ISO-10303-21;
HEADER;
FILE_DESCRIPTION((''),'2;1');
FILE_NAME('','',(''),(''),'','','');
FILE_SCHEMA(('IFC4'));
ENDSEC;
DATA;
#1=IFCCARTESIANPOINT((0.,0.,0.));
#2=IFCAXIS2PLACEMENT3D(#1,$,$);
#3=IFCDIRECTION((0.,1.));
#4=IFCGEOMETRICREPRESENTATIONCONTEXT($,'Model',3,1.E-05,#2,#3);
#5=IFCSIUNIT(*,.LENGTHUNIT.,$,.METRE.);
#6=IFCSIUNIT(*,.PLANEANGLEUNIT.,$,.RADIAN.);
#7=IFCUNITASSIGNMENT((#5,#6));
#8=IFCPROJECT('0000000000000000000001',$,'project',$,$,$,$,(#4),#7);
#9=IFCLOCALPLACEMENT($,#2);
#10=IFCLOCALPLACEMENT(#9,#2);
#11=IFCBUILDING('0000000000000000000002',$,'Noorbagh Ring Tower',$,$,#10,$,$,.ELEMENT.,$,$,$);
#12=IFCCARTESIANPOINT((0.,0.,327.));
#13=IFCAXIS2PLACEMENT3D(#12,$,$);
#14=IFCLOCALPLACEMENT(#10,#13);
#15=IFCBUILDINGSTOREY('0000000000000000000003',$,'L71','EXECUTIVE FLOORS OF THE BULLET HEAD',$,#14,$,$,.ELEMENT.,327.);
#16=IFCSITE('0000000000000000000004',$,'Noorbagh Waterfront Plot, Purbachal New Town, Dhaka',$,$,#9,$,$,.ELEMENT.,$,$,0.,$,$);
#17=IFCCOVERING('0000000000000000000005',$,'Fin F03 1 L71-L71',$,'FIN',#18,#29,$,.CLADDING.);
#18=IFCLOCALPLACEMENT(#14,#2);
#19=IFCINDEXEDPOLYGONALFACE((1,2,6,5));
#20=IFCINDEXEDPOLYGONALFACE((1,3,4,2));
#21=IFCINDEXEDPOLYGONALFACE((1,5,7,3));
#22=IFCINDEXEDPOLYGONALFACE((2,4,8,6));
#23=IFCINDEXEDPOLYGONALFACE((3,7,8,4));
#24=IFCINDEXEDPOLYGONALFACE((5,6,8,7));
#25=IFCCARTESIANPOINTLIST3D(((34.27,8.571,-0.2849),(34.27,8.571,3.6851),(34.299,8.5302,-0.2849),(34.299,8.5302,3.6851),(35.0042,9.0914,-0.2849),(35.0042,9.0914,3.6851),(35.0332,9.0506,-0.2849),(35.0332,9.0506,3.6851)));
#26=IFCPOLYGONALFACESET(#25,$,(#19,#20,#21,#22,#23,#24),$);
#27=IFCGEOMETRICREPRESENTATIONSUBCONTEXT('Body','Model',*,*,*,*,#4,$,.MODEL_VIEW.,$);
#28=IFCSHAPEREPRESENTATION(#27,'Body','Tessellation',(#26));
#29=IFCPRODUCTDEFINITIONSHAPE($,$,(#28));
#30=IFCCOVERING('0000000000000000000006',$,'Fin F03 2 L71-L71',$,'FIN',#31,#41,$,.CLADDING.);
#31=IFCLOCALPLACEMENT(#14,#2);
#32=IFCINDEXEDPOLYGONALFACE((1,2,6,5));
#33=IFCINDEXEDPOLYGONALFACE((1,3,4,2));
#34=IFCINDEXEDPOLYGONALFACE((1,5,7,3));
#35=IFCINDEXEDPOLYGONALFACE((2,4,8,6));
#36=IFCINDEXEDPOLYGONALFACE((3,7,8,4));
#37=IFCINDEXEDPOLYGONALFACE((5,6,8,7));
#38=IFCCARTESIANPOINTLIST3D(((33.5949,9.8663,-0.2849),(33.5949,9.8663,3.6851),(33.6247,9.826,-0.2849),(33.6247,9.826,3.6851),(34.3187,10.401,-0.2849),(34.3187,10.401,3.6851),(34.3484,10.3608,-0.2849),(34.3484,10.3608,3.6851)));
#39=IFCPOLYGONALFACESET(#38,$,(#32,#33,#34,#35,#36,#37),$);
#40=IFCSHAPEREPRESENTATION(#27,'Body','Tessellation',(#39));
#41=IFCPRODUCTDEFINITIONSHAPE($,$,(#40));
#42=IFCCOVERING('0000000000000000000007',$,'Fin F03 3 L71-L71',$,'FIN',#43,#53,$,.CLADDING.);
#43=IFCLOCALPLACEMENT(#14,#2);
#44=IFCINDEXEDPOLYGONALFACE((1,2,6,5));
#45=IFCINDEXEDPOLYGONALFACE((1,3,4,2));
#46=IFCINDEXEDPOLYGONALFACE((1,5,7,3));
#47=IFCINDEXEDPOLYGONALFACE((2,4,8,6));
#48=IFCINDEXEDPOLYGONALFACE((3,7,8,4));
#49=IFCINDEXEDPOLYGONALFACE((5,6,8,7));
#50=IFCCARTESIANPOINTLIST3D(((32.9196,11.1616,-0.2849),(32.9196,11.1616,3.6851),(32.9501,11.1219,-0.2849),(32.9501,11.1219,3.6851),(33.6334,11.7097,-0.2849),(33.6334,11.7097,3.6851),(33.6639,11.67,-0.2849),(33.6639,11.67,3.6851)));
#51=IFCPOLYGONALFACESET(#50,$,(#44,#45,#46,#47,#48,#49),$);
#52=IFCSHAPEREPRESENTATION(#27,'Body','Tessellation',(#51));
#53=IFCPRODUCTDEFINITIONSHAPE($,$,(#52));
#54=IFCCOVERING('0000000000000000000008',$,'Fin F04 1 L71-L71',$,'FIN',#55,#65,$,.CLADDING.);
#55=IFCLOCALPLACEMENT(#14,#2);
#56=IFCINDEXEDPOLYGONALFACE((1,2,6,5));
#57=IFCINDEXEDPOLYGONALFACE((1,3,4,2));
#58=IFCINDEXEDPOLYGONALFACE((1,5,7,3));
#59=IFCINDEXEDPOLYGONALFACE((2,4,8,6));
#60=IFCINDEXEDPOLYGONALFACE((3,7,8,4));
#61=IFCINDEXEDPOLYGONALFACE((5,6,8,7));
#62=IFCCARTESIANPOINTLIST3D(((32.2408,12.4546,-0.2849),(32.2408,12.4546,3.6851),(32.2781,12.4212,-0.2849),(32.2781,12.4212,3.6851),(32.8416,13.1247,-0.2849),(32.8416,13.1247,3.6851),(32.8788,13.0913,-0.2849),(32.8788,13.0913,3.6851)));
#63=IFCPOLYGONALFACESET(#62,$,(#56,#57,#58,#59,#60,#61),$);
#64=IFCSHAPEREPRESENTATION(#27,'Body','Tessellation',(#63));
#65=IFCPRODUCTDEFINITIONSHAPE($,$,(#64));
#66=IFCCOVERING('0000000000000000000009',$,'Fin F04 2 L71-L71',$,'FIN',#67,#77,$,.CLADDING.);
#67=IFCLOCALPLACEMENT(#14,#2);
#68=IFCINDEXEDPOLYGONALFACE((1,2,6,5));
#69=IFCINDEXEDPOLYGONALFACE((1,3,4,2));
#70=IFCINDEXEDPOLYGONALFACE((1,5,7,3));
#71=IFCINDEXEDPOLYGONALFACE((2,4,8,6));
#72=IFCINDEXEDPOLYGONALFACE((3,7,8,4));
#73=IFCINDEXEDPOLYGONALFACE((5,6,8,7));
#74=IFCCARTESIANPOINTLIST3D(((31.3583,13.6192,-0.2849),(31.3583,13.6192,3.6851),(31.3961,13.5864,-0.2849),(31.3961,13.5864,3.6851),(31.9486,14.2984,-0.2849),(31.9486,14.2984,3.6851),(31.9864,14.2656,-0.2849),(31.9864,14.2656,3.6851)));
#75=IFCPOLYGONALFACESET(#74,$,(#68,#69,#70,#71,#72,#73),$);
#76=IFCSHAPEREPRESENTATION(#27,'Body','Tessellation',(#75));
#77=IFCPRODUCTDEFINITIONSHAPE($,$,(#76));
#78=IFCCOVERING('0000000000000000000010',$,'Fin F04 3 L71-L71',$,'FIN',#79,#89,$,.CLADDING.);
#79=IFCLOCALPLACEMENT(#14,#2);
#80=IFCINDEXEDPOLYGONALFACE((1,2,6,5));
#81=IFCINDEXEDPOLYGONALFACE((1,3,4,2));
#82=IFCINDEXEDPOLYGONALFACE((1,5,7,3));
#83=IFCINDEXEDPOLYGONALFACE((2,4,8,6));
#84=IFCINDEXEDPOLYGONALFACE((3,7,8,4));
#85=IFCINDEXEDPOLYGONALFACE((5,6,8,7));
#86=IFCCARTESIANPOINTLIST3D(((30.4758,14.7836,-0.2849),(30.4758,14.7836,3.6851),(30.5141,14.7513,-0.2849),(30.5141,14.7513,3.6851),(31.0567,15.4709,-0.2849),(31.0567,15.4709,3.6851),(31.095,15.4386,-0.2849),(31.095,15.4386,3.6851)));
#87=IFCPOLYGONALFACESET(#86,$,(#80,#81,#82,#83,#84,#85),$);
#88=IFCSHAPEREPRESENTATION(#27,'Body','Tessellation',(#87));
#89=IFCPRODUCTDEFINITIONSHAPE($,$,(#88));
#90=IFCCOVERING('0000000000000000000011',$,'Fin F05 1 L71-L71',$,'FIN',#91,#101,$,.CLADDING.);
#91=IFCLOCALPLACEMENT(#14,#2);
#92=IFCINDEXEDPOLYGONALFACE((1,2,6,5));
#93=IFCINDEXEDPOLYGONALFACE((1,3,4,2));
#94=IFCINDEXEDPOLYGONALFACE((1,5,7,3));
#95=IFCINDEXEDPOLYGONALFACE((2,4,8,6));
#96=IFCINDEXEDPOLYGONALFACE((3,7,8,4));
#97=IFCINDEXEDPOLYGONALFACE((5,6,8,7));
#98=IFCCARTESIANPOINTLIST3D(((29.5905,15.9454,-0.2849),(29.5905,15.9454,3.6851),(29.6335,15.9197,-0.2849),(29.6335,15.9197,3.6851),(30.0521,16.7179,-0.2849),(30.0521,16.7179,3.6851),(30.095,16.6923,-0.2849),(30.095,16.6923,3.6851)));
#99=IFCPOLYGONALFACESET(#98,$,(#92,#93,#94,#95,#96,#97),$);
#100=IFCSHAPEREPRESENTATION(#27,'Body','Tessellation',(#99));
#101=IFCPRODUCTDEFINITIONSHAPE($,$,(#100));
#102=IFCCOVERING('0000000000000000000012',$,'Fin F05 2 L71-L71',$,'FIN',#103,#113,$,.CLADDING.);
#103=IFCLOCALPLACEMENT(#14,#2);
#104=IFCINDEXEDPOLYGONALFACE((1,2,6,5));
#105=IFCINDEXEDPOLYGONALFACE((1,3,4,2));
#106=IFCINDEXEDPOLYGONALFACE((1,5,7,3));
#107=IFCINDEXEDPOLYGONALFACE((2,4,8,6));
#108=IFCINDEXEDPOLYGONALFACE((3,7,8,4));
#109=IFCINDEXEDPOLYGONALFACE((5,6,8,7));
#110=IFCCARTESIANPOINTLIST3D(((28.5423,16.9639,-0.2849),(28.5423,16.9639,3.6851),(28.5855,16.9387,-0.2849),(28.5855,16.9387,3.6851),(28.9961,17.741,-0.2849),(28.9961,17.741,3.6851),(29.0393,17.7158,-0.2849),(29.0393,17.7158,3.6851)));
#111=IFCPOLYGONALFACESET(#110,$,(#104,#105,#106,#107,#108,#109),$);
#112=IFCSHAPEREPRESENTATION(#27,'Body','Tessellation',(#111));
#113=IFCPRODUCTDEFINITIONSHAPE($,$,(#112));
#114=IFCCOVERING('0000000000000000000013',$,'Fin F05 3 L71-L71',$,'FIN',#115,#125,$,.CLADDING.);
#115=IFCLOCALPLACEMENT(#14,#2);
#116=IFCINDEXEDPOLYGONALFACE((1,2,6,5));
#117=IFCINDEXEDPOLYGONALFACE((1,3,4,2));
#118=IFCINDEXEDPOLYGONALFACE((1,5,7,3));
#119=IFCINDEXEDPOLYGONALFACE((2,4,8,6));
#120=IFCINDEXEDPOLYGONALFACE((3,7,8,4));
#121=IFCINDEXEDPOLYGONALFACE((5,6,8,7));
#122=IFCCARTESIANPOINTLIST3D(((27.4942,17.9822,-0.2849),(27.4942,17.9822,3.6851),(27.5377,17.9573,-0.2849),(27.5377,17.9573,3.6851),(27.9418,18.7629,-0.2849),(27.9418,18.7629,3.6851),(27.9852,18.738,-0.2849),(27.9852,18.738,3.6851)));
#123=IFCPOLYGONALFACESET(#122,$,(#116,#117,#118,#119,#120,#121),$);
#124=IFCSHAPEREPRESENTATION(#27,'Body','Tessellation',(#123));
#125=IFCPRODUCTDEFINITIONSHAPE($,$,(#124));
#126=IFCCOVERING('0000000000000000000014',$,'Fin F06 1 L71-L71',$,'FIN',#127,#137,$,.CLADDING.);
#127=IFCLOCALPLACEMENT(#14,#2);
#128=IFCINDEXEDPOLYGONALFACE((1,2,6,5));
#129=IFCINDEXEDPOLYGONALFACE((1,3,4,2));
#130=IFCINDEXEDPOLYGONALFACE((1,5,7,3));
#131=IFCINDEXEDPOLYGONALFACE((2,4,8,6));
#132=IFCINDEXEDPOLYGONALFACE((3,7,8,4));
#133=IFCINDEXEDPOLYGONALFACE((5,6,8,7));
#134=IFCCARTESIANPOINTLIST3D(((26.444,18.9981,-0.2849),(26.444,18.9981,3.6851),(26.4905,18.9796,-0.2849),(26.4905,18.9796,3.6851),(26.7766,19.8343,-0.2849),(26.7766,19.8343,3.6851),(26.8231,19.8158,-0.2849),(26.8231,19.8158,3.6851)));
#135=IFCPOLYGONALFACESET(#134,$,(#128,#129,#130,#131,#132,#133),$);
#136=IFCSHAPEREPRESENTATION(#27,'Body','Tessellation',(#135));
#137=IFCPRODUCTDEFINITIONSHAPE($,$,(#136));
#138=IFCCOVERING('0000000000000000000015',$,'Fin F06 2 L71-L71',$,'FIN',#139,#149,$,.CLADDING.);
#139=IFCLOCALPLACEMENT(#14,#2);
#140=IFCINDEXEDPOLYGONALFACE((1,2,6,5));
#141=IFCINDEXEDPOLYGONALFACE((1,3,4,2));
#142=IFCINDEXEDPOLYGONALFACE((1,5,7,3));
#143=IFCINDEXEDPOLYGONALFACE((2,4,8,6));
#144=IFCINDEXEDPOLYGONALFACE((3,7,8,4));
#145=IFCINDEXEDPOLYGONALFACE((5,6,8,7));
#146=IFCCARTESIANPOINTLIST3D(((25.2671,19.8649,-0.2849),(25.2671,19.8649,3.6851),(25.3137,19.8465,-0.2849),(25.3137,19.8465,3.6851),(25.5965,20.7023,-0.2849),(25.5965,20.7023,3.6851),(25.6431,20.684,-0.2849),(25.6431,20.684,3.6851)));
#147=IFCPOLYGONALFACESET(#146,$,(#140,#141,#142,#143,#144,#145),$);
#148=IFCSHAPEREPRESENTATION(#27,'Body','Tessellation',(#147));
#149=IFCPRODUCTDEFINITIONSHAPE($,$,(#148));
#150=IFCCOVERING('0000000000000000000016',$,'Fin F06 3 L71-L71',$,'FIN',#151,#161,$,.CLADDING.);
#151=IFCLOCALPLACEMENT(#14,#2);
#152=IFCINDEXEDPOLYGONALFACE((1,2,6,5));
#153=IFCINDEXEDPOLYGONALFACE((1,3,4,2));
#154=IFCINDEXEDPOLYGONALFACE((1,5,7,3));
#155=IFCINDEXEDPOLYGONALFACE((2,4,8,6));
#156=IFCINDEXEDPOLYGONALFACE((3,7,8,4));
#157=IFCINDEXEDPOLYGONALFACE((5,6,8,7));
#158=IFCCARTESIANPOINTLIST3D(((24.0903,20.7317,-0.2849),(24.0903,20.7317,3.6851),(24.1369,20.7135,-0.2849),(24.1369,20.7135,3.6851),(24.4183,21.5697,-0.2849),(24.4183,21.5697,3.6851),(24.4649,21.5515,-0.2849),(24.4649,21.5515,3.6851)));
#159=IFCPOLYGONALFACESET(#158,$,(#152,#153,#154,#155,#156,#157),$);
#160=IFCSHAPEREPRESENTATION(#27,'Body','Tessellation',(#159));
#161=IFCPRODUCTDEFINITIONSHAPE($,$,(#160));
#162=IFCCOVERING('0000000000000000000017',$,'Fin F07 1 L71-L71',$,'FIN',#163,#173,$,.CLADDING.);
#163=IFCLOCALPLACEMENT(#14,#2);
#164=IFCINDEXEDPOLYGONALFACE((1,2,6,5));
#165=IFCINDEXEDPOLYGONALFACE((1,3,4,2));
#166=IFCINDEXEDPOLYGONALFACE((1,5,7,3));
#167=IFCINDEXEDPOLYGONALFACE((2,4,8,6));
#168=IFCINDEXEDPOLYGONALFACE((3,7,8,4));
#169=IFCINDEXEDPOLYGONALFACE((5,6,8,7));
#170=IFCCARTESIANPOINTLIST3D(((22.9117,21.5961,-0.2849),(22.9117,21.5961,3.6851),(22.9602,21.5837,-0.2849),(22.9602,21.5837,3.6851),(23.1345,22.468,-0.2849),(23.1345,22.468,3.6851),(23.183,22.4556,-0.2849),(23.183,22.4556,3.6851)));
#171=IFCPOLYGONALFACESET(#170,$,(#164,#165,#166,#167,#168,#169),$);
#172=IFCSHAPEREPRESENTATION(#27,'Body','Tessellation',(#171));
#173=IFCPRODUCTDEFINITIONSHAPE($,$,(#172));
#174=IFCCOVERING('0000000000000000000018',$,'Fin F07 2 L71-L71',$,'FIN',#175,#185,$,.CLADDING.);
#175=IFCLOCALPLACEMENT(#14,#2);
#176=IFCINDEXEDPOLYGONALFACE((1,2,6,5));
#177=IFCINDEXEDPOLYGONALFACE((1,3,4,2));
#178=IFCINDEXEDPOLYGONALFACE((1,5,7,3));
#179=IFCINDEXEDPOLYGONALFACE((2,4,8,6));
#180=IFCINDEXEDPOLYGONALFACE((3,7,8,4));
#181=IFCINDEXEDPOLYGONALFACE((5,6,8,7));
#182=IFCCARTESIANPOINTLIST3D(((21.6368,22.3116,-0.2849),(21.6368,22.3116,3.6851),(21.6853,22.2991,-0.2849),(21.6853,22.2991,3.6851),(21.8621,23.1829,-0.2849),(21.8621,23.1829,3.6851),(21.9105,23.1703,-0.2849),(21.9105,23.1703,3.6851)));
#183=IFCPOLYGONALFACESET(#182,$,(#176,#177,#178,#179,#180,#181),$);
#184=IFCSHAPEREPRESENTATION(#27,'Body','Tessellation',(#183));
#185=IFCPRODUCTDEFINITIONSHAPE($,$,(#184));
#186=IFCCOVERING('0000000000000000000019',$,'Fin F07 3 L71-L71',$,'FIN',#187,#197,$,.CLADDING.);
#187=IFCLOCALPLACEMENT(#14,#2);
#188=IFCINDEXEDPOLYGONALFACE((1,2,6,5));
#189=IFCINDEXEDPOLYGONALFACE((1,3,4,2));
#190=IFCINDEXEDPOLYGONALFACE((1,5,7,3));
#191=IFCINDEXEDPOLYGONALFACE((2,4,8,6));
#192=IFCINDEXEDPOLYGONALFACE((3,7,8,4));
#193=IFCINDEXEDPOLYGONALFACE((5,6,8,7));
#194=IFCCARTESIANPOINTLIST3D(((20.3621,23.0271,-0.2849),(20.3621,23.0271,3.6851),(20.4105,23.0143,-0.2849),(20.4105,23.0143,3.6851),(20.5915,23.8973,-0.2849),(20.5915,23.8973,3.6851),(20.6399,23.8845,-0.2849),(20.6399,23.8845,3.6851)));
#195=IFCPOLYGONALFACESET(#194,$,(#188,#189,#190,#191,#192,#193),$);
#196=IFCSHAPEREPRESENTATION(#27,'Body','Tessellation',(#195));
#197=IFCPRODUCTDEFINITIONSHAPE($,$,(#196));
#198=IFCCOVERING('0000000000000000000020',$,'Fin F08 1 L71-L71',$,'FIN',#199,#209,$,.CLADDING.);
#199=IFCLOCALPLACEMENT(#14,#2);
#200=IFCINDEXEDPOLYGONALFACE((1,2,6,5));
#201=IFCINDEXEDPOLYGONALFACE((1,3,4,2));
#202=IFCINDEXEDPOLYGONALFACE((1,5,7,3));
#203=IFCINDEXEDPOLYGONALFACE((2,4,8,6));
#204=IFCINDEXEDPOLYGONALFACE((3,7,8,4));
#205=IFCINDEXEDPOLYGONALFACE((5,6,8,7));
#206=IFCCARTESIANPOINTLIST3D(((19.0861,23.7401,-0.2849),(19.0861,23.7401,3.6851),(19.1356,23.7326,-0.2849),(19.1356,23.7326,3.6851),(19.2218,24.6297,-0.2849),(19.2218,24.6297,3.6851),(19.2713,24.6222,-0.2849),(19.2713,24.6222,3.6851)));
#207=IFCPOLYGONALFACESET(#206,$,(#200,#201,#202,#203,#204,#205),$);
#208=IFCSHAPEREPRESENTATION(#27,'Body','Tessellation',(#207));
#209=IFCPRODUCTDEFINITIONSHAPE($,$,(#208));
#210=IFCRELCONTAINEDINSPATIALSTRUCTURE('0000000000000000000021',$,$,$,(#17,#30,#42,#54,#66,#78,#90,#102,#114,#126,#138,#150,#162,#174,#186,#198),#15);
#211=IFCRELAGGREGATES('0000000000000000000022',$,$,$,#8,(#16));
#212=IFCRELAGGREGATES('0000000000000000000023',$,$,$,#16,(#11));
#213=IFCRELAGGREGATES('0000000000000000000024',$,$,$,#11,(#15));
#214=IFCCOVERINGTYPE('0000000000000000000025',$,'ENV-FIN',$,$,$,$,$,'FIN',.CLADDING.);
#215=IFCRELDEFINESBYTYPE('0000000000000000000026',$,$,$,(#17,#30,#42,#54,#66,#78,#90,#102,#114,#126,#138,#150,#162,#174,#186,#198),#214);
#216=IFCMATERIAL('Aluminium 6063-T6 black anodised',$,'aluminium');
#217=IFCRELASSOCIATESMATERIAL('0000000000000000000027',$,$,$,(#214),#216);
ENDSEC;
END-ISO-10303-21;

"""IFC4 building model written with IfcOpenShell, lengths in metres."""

from ifc_helpers import new_model, si_unit, direction, frame, origin, origin_2d, place, context, subcontext, project, spatial, rectangle, extrude, material, material_profile, profile_set, type_object, element, save


model = new_model("IFC4")

# Units and contexts
model_context = context("Model", 3, precision=1e-05, world=origin(), true_north=direction((0.0, 1.0)))
body_context = subcontext(model_context, "Body", "Model", "MODEL_VIEW")
ifc_project = project(units=[si_unit("LENGTHUNIT", "METRE"), si_unit("PLANEANGLEUNIT", "RADIAN")], contexts=[model_context])

# Site, building, storey
site_placement = place(None, origin())
site = spatial("IfcSite", under=ifc_project, at=site_placement, Name="Noorbagh Waterfront Plot, Purbachal New Town, Dhaka", CompositionType="ELEMENT", RefElevation=0.0)
building_placement = place(site_placement, origin())
building = spatial("IfcBuilding", under=site, at=building_placement, Name="Noorbagh Ring Tower", CompositionType="ELEMENT")
storey_placement = place(building_placement, frame((0.0, 0.0, 327.0)))
storey = spatial("IfcBuildingStorey", under=building, at=storey_placement, Name="L71", Description="EXECUTIVE FLOORS OF THE BULLET HEAD", CompositionType="ELEMENT", Elevation=327.0)

# Coverings
ifc_material_1 = material(Name="Aluminium 6063-T6 black anodised", Category="aluminium")
ifc_material_profile_1 = material_profile(ifc_material_1, rectangle(XDim=0.8999, YDim=0.05, at=origin_2d()), Name="900x50")
ifc_profile_set_1 = profile_set([ifc_material_profile_1], Name="Aluminium 6063-T6 black anodised")
covering_type = type_object("IfcCoveringType", Name="ENV-FIN", ElementType="FIN", PredefinedType="CLADDING", material=ifc_profile_set_1)
for number, where, z_axis, x_axis, name in (
    (1, (34.6516, 8.8108, -0.2849), (0.0, 0.0, 1.0), (0.815855, 0.578256, 0.0), "Fin F03 1 L71-L71"),
    (2, (33.9717, 10.1135, -0.2849), (0.0, 0.0, 1.0), (0.80426, 0.594277, 0.0), "Fin F03 2 L71-L71"),
    (3, (33.2917, 11.4158, -0.2849), (0.0, 0.0, 1.0), (0.793138, 0.609043, 0.0), "Fin F03 3 L71-L71"),
    (4, (32.5598, 12.7729, -0.2849), (0.0, 0.0, 1.0), (0.667561, 0.744555, 0.0), "Fin F04 1 L71-L71"),
    (5, (31.6724, 13.9424, -0.2849), (0.0, 0.0, 1.0), (0.655973, 0.754784, 0.0), "Fin F04 2 L71-L71"),
    (6, (30.7854, 15.1111, -0.2849), (0.0, 0.0, 1.0), (0.645539, 0.763728, 0.0), "Fin F04 3 L71-L71"),
    (7, (29.8428, 16.3188, -0.2849), (0.0, 0.0, 1.0), (0.512881, 0.85846, 0.0), "Fin F05 1 L71-L71"),
    (8, (28.7908, 17.3398, -0.2849), (0.0, 0.0, 1.0), (0.50428, 0.86354, 0.0), "Fin F05 2 L71-L71"),
    (9, (27.7397, 18.3601, -0.2849), (0.0, 0.0, 1.0), (0.497372, 0.867537, 0.0), "Fin F05 3 L71-L71"),
    (10, (26.6335, 19.407, -0.2849), (0.0, 0.0, 1.0), (0.369564, 0.929205, 0.0), "Fin F06 1 L71-L71"),
    (11, (25.4551, 20.2744, -0.2849), (0.0, 0.0, 1.0), (0.366047, 0.930596, 0.0), "Fin F06 2 L71-L71"),
    (12, (24.2776, 21.1416, -0.2849), (0.0, 0.0, 1.0), (0.364533, 0.93119, 0.0), "Fin F06 3 L71-L71"),
    (13, (23.0474, 22.0259, -0.2849), (0.0, 0.0, 1.0), (0.247639, 0.968852, 0.0), "Fin F07 1 L71-L71"),
    (14, (21.7737, 22.741, -0.2849), (0.0, 0.0, 1.0), (0.250261, 0.968178, 0.0), "Fin F07 2 L71-L71"),
    (15, (20.501, 23.4558, -0.2849), (0.0, 0.0, 1.0), (0.254952, 0.966954, 0.0), "Fin F07 3 L71-L71"),
    (16, (19.1787, 24.1812, -0.2849), (0.0, 0.0, 1.0), (0.150807, 0.988563, 0.0), "Fin F08 1 L71-L71"),
):
    element("IfcCovering", number, at=place(storey_placement, frame(where, z_axis=z_axis, x_axis=x_axis)), inside=storey, type_object=covering_type, Name=name, ObjectType="FIN", PredefinedType="CLADDING", context=body_context, shape_type="SweptSolid", body=[
        extrude(rectangle(XDim=0.8999, YDim=0.05, at=origin_2d()), origin(), (0.0, 0.0, 1.0), 3.97),
    ])

save(model, "model.ifc")
